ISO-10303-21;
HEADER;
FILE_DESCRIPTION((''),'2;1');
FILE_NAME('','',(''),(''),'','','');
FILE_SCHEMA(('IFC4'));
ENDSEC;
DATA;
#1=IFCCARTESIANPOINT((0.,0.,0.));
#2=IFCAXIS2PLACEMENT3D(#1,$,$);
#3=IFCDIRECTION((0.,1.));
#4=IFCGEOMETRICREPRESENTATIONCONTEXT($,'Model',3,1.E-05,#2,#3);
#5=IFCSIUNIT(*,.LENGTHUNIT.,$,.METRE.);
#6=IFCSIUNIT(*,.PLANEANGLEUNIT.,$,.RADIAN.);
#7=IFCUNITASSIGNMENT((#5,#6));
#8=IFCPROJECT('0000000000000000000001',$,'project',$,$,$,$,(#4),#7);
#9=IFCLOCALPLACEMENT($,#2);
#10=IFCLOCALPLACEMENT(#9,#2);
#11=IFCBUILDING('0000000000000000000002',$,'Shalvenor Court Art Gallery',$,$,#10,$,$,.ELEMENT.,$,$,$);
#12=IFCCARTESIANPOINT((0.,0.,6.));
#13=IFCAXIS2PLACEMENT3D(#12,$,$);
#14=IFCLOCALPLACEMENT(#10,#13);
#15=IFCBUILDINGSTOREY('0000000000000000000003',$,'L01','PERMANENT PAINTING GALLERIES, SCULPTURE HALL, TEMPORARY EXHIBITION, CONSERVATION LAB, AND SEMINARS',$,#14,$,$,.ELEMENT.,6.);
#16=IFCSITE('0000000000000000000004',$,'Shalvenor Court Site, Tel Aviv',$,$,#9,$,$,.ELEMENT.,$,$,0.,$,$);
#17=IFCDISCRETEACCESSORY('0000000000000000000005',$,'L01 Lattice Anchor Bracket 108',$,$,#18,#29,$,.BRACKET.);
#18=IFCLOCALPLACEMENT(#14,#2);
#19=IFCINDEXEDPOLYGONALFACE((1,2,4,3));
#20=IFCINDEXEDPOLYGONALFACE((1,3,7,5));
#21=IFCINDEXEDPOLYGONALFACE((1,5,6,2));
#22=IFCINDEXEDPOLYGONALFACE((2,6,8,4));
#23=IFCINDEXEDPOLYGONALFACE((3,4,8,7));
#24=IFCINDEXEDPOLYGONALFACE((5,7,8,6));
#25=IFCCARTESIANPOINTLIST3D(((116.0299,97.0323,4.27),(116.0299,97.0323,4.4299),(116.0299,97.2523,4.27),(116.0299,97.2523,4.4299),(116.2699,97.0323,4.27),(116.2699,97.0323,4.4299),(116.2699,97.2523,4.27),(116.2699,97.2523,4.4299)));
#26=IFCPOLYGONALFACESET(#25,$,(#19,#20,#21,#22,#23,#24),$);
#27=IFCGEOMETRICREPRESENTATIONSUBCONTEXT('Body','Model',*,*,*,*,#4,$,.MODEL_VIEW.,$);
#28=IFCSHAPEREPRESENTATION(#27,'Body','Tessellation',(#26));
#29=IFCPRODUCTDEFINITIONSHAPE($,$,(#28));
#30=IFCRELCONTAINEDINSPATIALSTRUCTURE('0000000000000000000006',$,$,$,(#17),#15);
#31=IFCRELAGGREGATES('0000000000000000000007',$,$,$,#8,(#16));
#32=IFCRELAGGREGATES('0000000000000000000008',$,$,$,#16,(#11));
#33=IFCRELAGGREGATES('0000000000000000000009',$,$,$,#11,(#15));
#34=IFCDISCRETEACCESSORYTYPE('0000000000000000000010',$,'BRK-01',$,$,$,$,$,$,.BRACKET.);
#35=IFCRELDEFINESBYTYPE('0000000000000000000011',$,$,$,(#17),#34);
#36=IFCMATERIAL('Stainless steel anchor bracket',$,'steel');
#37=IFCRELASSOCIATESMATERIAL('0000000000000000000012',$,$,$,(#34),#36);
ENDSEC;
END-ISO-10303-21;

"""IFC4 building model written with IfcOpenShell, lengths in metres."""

from ifc_helpers import new_model, si_unit, direction, frame, origin, origin_2d, place, context, subcontext, project, spatial, rectangle, extrude, material, type_object, element, save


model = new_model("IFC4")

# Units and contexts
model_context = context("Model", 3, precision=1e-05, world=origin(), true_north=direction((0.0, 1.0)))
body_context = subcontext(model_context, "Body", "Model", "MODEL_VIEW")
ifc_project = project(units=[si_unit("LENGTHUNIT", "METRE"), si_unit("PLANEANGLEUNIT", "RADIAN")], contexts=[model_context])

# Site, building, storey
site_placement = place(None, origin())
site = spatial("IfcSite", under=ifc_project, at=site_placement, Name="Shalvenor Court Site, Tel Aviv", CompositionType="ELEMENT", RefElevation=0.0)
building_placement = place(site_placement, origin())
building = spatial("IfcBuilding", under=site, at=building_placement, Name="Shalvenor Court Art Gallery", CompositionType="ELEMENT")
storey_placement = place(building_placement, frame((0.0, 0.0, 6.0)))
storey = spatial("IfcBuildingStorey", under=building, at=storey_placement, Name="L01", Description="PERMANENT PAINTING GALLERIES, SCULPTURE HALL, TEMPORARY EXHIBITION, CONSERVATION LAB, AND SEMINARS", CompositionType="ELEMENT", Elevation=6.0)

# Discrete accessory
ifc_material_1 = material(Name="Stainless steel anchor bracket", Category="steel")
discrete_accessory_type = type_object("IfcDiscreteAccessoryType", Name="BRK-01", PredefinedType="BRACKET", material=ifc_material_1)
discrete_accessory_placement = place(storey_placement, frame((116.1499, 97.1423, 4.27), z_axis=(0.0, 0.0, 1.0), x_axis=(-1.0, 0.0, 0.0)))
element("IfcDiscreteAccessory", 1, at=discrete_accessory_placement, inside=storey, type_object=discrete_accessory_type, Name="L01 Lattice Anchor Bracket 108", PredefinedType="BRACKET", context=body_context, shape_type="SweptSolid", body=[
    extrude(rectangle(XDim=0.24, YDim=0.22, at=origin_2d()), origin(), (0.0, 0.0, 1.0), 0.1599),
])

save(model, "model.ifc")
